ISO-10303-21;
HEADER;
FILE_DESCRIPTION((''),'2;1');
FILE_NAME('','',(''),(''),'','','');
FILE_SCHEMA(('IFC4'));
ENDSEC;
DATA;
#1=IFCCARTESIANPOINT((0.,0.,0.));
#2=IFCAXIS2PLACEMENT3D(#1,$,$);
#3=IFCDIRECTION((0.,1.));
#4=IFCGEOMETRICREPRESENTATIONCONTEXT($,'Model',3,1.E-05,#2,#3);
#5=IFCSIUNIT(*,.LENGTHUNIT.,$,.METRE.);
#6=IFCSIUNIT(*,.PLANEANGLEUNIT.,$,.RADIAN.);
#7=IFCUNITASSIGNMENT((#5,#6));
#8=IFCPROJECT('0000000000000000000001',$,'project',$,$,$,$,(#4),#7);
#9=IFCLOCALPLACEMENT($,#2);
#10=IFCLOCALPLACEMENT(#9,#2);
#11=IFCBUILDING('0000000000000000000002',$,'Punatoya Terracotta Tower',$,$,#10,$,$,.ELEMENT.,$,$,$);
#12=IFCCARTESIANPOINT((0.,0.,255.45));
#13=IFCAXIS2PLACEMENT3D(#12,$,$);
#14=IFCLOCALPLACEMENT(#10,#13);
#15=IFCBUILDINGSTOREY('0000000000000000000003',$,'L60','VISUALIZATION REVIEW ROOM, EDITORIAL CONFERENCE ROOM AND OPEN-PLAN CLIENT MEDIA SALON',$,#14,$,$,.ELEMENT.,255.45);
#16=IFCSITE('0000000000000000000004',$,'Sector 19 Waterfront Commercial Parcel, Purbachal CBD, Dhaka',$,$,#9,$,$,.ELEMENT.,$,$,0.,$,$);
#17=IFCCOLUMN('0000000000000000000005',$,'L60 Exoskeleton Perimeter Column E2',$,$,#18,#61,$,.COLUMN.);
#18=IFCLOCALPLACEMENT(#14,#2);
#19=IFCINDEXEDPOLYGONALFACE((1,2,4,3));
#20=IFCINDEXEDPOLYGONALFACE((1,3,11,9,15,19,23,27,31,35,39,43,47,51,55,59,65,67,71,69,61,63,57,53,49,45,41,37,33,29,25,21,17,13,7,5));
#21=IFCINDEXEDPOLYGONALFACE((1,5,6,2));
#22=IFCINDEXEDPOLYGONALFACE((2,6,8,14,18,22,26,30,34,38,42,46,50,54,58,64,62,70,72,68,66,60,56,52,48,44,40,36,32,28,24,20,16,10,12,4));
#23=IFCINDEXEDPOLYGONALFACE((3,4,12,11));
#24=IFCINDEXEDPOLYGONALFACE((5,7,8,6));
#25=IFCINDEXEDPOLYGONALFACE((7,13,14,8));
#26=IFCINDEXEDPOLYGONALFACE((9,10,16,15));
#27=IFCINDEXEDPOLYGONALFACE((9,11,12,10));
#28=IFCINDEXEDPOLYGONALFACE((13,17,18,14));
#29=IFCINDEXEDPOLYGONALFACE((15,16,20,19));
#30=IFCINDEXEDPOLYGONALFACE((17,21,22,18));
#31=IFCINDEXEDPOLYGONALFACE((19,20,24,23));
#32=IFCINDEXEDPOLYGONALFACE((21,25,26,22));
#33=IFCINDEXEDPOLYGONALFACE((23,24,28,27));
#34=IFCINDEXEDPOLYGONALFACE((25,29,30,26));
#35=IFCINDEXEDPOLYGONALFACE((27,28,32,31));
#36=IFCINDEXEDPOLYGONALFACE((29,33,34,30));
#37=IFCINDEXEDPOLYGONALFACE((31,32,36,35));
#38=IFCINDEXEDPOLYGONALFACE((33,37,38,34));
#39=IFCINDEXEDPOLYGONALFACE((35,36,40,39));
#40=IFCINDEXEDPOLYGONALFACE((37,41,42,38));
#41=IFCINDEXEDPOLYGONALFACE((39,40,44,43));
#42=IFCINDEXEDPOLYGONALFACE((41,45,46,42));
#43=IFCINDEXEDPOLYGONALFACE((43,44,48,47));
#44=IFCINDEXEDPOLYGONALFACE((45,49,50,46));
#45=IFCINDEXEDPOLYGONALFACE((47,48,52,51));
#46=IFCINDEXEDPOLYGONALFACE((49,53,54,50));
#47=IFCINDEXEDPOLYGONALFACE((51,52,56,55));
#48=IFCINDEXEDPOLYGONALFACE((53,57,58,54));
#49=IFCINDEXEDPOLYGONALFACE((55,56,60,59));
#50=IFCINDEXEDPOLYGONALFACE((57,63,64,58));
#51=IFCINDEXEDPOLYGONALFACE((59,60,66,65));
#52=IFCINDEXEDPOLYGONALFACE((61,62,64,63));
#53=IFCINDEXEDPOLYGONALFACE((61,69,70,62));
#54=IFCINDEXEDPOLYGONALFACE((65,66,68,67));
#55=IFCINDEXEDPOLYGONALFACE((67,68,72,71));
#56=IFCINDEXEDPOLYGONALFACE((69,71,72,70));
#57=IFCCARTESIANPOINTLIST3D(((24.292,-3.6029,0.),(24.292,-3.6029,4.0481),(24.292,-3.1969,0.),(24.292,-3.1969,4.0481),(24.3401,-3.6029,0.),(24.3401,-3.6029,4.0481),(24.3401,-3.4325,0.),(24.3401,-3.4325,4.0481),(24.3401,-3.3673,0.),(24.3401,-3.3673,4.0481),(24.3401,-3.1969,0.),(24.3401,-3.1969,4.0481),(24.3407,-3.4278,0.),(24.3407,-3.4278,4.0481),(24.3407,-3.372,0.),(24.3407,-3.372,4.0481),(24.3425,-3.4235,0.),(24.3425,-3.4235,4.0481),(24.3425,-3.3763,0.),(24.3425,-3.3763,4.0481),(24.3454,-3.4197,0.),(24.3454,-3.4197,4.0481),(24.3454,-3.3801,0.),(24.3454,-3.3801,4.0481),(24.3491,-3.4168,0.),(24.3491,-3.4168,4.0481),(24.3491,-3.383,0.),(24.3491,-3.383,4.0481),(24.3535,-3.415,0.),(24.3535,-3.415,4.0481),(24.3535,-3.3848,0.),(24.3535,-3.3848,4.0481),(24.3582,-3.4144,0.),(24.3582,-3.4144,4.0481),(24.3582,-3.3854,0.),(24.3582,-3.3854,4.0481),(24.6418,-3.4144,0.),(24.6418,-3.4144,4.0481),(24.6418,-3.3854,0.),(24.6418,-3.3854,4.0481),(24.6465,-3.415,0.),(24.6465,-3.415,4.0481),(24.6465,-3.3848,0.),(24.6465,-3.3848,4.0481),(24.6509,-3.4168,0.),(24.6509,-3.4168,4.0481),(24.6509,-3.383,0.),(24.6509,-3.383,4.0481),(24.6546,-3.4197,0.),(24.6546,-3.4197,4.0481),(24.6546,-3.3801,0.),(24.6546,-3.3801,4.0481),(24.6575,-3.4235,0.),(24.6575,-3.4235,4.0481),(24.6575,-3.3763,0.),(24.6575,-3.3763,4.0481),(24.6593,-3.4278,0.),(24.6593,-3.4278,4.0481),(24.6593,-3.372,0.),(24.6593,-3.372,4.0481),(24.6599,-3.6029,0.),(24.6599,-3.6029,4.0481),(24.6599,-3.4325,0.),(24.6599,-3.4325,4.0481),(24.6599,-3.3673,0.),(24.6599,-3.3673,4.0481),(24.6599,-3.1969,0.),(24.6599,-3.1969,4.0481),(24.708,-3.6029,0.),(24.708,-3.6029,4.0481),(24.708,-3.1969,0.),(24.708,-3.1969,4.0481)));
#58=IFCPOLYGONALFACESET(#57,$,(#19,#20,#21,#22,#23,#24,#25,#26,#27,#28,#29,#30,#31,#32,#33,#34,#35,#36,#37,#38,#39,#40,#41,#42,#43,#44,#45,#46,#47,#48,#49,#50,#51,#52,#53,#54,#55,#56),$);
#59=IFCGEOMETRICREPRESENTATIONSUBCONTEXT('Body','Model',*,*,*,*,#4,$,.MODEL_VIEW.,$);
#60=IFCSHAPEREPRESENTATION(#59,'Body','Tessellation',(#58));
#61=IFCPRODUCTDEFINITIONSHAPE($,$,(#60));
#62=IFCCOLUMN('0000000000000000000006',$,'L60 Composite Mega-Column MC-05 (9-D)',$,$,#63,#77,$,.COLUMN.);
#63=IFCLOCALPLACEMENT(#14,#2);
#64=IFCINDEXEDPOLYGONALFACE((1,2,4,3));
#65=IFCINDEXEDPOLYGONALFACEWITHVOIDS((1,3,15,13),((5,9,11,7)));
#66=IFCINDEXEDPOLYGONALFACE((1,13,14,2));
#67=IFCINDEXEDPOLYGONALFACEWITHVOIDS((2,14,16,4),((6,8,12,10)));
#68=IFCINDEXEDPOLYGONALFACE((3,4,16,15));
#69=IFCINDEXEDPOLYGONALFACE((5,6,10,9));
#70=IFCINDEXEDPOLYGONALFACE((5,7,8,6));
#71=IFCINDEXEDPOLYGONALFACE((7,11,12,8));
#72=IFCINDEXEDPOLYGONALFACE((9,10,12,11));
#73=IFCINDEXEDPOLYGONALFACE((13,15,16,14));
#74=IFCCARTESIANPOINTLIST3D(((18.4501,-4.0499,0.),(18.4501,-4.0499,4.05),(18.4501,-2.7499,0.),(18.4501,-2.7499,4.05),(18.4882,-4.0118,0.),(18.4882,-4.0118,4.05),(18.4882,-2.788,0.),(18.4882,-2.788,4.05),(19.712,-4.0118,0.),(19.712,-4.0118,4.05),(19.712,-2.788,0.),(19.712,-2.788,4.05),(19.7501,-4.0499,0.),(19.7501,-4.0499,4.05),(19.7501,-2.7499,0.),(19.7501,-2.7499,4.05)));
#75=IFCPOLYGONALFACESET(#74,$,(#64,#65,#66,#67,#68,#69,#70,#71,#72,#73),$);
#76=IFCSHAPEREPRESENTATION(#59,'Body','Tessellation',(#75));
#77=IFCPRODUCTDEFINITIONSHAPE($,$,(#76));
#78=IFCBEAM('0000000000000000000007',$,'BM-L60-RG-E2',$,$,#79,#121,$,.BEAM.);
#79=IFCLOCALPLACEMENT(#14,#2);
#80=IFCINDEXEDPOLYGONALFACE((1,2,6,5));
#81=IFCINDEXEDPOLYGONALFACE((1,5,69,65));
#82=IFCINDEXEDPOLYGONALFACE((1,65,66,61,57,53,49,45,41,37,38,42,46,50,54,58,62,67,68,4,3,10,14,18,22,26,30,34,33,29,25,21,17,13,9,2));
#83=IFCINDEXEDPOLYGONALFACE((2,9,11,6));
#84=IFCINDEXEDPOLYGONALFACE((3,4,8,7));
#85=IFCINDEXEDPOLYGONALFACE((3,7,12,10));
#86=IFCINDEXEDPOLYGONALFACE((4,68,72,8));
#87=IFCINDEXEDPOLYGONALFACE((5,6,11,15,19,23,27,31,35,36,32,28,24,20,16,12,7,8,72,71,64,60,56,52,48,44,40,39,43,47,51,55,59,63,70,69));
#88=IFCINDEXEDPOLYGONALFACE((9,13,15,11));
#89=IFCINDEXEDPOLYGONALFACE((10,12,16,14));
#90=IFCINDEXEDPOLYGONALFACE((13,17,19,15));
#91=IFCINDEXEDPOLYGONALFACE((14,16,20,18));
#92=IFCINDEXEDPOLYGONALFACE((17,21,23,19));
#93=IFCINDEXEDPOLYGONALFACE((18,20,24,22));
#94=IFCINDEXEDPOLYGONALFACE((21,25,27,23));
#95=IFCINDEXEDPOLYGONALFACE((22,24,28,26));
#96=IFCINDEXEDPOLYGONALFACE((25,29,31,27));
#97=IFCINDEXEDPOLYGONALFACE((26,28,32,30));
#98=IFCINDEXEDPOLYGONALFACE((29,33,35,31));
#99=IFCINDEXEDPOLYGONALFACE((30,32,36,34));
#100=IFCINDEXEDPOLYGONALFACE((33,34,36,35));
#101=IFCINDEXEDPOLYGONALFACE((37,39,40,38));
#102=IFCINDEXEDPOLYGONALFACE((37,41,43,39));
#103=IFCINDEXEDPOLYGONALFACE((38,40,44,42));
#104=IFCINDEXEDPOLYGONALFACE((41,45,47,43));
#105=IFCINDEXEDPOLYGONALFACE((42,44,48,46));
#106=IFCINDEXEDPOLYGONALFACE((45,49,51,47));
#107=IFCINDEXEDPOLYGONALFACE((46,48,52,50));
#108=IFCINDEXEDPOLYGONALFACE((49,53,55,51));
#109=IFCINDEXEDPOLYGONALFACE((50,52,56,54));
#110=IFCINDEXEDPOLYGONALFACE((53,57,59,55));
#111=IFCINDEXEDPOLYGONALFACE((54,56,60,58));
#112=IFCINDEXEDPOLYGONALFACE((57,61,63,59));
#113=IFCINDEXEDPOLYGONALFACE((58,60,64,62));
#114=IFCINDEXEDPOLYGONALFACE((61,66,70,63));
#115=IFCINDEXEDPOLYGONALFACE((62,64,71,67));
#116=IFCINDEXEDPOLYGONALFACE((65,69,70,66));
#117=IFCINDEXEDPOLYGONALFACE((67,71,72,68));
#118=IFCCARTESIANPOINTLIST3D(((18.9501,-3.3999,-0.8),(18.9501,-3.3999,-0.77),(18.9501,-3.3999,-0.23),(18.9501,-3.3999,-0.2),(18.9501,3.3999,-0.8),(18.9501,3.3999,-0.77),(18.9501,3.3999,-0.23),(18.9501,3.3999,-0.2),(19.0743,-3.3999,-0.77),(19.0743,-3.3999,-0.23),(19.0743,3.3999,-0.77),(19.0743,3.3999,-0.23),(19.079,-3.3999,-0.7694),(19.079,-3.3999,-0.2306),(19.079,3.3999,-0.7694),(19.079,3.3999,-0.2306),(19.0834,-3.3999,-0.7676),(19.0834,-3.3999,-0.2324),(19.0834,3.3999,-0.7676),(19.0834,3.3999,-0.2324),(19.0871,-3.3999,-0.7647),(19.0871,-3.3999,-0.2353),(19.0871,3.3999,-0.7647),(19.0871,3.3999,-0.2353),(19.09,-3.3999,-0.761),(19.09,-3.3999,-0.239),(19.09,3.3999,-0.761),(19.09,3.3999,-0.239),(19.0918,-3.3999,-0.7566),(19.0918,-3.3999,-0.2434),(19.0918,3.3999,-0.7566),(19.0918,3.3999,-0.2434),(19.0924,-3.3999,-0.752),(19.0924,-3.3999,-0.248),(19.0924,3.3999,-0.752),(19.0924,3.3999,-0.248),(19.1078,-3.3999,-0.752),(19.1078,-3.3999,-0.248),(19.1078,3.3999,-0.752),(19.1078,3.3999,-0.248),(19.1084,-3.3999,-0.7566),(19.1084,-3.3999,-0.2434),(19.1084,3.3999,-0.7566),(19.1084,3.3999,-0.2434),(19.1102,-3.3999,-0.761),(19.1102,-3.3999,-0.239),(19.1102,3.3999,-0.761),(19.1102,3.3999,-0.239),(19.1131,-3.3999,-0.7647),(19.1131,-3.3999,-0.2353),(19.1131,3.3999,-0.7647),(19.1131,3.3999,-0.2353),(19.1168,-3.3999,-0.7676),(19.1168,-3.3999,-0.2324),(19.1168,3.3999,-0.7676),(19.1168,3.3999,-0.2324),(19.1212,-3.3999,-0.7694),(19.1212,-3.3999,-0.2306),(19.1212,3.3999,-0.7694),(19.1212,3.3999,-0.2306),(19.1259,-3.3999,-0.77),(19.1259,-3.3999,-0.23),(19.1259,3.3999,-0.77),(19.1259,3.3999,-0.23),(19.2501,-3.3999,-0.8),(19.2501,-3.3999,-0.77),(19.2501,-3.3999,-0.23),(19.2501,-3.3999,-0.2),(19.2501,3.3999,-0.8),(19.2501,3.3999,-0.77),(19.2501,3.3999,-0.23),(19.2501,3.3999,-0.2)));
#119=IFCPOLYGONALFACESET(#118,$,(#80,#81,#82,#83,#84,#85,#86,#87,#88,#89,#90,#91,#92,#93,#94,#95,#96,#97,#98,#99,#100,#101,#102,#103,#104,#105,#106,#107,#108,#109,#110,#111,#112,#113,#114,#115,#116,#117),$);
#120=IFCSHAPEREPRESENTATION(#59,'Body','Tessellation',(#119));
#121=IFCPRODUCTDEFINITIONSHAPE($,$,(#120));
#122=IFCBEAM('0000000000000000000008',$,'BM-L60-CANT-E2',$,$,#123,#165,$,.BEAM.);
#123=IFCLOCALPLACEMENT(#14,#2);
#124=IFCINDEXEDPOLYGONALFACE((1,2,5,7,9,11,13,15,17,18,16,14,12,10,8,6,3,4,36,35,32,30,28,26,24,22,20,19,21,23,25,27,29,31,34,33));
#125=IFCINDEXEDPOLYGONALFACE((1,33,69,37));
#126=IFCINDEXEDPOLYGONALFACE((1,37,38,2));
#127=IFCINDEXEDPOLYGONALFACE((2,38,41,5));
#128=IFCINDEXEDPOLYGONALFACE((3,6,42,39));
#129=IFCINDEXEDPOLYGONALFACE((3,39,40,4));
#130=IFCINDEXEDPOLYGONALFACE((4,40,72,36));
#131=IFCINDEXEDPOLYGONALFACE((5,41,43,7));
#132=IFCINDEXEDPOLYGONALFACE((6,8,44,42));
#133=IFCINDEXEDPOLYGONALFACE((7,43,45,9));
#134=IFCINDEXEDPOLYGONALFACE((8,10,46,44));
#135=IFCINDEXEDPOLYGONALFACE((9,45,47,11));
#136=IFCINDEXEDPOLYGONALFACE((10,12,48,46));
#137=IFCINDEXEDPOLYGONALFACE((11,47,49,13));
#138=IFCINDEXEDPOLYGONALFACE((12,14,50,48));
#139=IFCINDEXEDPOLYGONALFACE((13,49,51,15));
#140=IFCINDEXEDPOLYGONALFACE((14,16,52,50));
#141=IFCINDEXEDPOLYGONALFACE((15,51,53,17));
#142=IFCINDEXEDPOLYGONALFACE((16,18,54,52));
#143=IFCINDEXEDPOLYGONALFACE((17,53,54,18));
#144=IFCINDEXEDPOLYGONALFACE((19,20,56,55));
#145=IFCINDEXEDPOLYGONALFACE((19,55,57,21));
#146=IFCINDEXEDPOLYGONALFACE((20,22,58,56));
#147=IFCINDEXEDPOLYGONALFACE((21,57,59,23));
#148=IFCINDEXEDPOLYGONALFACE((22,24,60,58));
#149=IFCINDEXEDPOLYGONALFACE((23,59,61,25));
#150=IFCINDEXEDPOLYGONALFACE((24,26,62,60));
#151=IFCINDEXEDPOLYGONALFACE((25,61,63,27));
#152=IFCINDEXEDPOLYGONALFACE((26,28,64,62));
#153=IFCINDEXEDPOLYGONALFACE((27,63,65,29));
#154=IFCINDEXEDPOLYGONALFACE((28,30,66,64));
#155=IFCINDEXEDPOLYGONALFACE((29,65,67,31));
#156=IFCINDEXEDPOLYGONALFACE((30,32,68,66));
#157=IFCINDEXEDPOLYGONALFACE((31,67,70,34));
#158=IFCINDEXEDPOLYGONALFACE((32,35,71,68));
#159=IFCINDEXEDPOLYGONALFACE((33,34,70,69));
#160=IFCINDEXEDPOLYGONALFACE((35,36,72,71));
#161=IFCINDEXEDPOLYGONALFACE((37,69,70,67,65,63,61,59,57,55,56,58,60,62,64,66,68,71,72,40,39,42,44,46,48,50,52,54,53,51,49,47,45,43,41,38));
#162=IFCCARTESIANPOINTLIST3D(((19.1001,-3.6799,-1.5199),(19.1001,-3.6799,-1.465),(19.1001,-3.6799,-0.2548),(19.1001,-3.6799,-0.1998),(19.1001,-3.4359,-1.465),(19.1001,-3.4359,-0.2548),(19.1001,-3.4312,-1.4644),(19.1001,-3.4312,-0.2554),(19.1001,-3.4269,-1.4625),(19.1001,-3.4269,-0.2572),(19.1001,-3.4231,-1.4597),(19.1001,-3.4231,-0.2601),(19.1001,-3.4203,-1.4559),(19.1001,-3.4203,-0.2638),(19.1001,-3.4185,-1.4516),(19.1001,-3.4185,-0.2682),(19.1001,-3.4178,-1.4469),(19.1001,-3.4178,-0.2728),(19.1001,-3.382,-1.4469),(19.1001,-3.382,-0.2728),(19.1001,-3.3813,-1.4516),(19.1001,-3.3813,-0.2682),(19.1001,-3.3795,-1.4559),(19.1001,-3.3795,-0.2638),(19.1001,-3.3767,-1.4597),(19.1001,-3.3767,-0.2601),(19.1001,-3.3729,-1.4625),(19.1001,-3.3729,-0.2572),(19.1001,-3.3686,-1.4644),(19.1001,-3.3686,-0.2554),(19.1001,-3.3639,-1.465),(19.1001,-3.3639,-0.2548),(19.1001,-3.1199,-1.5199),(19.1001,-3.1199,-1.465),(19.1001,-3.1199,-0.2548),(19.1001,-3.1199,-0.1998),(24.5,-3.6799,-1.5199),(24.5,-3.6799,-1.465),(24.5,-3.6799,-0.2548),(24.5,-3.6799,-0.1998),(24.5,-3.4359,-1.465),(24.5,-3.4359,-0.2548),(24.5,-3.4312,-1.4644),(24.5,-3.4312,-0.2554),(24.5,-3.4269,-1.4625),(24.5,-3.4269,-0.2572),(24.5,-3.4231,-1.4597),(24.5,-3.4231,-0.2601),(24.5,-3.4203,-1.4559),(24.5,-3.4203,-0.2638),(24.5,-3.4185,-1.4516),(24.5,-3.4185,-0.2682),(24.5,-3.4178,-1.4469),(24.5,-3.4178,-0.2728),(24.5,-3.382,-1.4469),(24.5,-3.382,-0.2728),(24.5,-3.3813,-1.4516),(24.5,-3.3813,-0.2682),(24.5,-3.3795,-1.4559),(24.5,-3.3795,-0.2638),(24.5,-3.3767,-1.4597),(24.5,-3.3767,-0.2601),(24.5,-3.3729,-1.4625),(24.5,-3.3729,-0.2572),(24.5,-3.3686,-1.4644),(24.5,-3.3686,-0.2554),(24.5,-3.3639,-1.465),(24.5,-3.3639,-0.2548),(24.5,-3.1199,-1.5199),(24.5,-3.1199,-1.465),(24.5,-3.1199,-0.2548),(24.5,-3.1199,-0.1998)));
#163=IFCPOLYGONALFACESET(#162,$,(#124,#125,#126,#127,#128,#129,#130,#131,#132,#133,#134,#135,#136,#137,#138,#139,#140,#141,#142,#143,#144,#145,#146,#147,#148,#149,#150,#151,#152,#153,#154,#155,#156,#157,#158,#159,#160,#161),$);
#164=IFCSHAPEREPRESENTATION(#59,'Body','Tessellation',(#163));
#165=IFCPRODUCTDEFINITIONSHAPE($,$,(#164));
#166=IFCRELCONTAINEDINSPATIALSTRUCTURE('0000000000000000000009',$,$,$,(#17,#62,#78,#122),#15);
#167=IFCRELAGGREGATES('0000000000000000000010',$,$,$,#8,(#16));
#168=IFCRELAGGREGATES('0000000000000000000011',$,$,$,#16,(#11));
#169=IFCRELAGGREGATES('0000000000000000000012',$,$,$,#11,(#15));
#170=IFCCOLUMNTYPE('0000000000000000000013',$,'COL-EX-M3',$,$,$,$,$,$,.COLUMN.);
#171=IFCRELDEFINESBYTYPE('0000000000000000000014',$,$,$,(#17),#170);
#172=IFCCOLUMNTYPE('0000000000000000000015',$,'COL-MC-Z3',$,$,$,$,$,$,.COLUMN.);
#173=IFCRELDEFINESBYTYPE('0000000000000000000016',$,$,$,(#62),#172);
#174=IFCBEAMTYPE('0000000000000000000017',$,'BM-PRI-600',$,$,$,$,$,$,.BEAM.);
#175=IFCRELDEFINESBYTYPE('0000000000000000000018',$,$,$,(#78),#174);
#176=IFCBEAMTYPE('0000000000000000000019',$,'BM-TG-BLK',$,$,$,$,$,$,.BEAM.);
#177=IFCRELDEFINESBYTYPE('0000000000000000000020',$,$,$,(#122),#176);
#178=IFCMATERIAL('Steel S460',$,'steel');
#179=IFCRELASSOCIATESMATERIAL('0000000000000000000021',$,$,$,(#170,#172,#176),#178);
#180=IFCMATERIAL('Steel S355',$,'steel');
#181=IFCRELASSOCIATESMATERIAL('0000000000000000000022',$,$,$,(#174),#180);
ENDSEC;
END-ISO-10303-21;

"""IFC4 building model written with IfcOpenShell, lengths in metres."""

from ifc_helpers import new_model, si_unit, direction, frame, origin, origin_2d, place, context, subcontext, project, spatial, hollow_rectangle, i_section, extrude, material, material_profile, profile_set, type_object, element, save


model = new_model("IFC4")

# Units and contexts
model_context = context("Model", 3, precision=1e-05, world=origin(), true_north=direction((0.0, 1.0)))
body_context = subcontext(model_context, "Body", "Model", "MODEL_VIEW")
ifc_project = project(units=[si_unit("LENGTHUNIT", "METRE"), si_unit("PLANEANGLEUNIT", "RADIAN")], contexts=[model_context])

# Site, building, storey
site_placement = place(None, origin())
site = spatial("IfcSite", under=ifc_project, at=site_placement, Name="Sector 19 Waterfront Commercial Parcel, Purbachal CBD, Dhaka", CompositionType="ELEMENT", RefElevation=0.0)
building_placement = place(site_placement, origin())
building = spatial("IfcBuilding", under=site, at=building_placement, Name="Punatoya Terracotta Tower", CompositionType="ELEMENT")
storey_placement = place(building_placement, frame((0.0, 0.0, 255.45)))
storey = spatial("IfcBuildingStorey", under=building, at=storey_placement, Name="L60", Description="VISUALIZATION REVIEW ROOM, EDITORIAL CONFERENCE ROOM AND OPEN-PLAN CLIENT MEDIA SALON", CompositionType="ELEMENT", Elevation=255.45)

# Columns
ifc_material_1 = material(Name="Steel S460", Category="steel")
ifc_material_profile_1 = material_profile(ifc_material_1, i_section(OverallWidth=0.406, OverallDepth=0.416, WebThickness=0.0291, FlangeThickness=0.0481, FilletRadius=0.0181, at=origin_2d()))
ifc_profile_set_1 = profile_set([ifc_material_profile_1], Name="Steel S460")
column_type_1 = type_object("IfcColumnType", Name="COL-EX-M3", PredefinedType="COLUMN", material=ifc_profile_set_1)
column_1_placement = place(storey_placement, frame((24.5, -3.3999, 0.0), z_axis=(0.0, 0.0, 1.0), x_axis=(0.0, 1.0, 0.0)))
element("IfcColumn", 1, at=column_1_placement, inside=storey, type_object=column_type_1, Name="L60 Exoskeleton Perimeter Column E2", PredefinedType="COLUMN", context=body_context, shape_type="SweptSolid", body=[
    extrude(i_section(OverallWidth=0.406, OverallDepth=0.416, WebThickness=0.0291, FlangeThickness=0.0481, FilletRadius=0.0181, at=origin_2d()), origin(), (0.0, 0.0, 1.0), 4.0481),
])
ifc_material_profile_2 = material_profile(ifc_material_1, hollow_rectangle(XDim=1.3, YDim=1.3, WallThickness=0.0381, at=origin_2d()))
ifc_profile_set_2 = profile_set([ifc_material_profile_2], Name="Steel S460")
column_type_2 = type_object("IfcColumnType", Name="COL-MC-Z3", PredefinedType="COLUMN", material=ifc_profile_set_2)
column_2_placement = place(storey_placement, frame((19.1001, -3.3999, 0.0), z_axis=(0.0, 0.0, 1.0), x_axis=(1.0, 0.0, 0.0)))
element("IfcColumn", 2, at=column_2_placement, inside=storey, type_object=column_type_2, Name="L60 Composite Mega-Column MC-05 (9-D)", PredefinedType="COLUMN", context=body_context, shape_type="SweptSolid", body=[
    extrude(hollow_rectangle(XDim=1.3, YDim=1.3, WallThickness=0.0381, at=origin_2d()), origin(), (0.0, 0.0, 1.0), 4.05),
])

# Beams
ifc_material_2 = material(Name="Steel S355", Category="steel")
ifc_material_profile_3 = material_profile(ifc_material_2, i_section(OverallWidth=0.3, OverallDepth=0.6001, WebThickness=0.0154, FlangeThickness=0.03, FilletRadius=0.0181, at=origin_2d()))
ifc_profile_set_3 = profile_set([ifc_material_profile_3], Name="Steel S355")
beam_type_1 = type_object("IfcBeamType", Name="BM-PRI-600", PredefinedType="BEAM", material=ifc_profile_set_3)
beam_1_placement = place(storey_placement, frame((19.1001, -3.3999, -0.5), z_axis=(0.0, 1.0, 0.0), x_axis=(-1.0, 0.0, 0.0)))
element("IfcBeam", 3, at=beam_1_placement, inside=storey, type_object=beam_type_1, Name="BM-L60-RG-E2", PredefinedType="BEAM", context=body_context, shape_type="SweptSolid", body=[
    extrude(i_section(OverallWidth=0.3, OverallDepth=0.6001, WebThickness=0.0154, FlangeThickness=0.03, FilletRadius=0.0181, at=origin_2d()), origin(), (0.0, 0.0, 1.0), 6.7998),
])
ifc_material_profile_4 = material_profile(ifc_material_1, i_section(OverallWidth=0.5601, OverallDepth=1.3201, WebThickness=0.0359, FlangeThickness=0.0549, FilletRadius=0.0181, at=origin_2d()))
ifc_profile_set_4 = profile_set([ifc_material_profile_4], Name="Steel S460")
beam_type_2 = type_object("IfcBeamType", Name="BM-TG-BLK", PredefinedType="BEAM", material=ifc_profile_set_4)
beam_2_placement = place(storey_placement, frame((19.1001, -3.3999, -0.8599), z_axis=(1.0, 0.0, 0.0), x_axis=(0.0, 1.0, 0.0)))
element("IfcBeam", 4, at=beam_2_placement, inside=storey, type_object=beam_type_2, Name="BM-L60-CANT-E2", PredefinedType="BEAM", context=body_context, shape_type="SweptSolid", body=[
    extrude(i_section(OverallWidth=0.5601, OverallDepth=1.3201, WebThickness=0.0359, FlangeThickness=0.0549, FilletRadius=0.0181, at=origin_2d()), origin(), (0.0, 0.0, 1.0), 5.3999),
])

save(model, "model.ifc")
